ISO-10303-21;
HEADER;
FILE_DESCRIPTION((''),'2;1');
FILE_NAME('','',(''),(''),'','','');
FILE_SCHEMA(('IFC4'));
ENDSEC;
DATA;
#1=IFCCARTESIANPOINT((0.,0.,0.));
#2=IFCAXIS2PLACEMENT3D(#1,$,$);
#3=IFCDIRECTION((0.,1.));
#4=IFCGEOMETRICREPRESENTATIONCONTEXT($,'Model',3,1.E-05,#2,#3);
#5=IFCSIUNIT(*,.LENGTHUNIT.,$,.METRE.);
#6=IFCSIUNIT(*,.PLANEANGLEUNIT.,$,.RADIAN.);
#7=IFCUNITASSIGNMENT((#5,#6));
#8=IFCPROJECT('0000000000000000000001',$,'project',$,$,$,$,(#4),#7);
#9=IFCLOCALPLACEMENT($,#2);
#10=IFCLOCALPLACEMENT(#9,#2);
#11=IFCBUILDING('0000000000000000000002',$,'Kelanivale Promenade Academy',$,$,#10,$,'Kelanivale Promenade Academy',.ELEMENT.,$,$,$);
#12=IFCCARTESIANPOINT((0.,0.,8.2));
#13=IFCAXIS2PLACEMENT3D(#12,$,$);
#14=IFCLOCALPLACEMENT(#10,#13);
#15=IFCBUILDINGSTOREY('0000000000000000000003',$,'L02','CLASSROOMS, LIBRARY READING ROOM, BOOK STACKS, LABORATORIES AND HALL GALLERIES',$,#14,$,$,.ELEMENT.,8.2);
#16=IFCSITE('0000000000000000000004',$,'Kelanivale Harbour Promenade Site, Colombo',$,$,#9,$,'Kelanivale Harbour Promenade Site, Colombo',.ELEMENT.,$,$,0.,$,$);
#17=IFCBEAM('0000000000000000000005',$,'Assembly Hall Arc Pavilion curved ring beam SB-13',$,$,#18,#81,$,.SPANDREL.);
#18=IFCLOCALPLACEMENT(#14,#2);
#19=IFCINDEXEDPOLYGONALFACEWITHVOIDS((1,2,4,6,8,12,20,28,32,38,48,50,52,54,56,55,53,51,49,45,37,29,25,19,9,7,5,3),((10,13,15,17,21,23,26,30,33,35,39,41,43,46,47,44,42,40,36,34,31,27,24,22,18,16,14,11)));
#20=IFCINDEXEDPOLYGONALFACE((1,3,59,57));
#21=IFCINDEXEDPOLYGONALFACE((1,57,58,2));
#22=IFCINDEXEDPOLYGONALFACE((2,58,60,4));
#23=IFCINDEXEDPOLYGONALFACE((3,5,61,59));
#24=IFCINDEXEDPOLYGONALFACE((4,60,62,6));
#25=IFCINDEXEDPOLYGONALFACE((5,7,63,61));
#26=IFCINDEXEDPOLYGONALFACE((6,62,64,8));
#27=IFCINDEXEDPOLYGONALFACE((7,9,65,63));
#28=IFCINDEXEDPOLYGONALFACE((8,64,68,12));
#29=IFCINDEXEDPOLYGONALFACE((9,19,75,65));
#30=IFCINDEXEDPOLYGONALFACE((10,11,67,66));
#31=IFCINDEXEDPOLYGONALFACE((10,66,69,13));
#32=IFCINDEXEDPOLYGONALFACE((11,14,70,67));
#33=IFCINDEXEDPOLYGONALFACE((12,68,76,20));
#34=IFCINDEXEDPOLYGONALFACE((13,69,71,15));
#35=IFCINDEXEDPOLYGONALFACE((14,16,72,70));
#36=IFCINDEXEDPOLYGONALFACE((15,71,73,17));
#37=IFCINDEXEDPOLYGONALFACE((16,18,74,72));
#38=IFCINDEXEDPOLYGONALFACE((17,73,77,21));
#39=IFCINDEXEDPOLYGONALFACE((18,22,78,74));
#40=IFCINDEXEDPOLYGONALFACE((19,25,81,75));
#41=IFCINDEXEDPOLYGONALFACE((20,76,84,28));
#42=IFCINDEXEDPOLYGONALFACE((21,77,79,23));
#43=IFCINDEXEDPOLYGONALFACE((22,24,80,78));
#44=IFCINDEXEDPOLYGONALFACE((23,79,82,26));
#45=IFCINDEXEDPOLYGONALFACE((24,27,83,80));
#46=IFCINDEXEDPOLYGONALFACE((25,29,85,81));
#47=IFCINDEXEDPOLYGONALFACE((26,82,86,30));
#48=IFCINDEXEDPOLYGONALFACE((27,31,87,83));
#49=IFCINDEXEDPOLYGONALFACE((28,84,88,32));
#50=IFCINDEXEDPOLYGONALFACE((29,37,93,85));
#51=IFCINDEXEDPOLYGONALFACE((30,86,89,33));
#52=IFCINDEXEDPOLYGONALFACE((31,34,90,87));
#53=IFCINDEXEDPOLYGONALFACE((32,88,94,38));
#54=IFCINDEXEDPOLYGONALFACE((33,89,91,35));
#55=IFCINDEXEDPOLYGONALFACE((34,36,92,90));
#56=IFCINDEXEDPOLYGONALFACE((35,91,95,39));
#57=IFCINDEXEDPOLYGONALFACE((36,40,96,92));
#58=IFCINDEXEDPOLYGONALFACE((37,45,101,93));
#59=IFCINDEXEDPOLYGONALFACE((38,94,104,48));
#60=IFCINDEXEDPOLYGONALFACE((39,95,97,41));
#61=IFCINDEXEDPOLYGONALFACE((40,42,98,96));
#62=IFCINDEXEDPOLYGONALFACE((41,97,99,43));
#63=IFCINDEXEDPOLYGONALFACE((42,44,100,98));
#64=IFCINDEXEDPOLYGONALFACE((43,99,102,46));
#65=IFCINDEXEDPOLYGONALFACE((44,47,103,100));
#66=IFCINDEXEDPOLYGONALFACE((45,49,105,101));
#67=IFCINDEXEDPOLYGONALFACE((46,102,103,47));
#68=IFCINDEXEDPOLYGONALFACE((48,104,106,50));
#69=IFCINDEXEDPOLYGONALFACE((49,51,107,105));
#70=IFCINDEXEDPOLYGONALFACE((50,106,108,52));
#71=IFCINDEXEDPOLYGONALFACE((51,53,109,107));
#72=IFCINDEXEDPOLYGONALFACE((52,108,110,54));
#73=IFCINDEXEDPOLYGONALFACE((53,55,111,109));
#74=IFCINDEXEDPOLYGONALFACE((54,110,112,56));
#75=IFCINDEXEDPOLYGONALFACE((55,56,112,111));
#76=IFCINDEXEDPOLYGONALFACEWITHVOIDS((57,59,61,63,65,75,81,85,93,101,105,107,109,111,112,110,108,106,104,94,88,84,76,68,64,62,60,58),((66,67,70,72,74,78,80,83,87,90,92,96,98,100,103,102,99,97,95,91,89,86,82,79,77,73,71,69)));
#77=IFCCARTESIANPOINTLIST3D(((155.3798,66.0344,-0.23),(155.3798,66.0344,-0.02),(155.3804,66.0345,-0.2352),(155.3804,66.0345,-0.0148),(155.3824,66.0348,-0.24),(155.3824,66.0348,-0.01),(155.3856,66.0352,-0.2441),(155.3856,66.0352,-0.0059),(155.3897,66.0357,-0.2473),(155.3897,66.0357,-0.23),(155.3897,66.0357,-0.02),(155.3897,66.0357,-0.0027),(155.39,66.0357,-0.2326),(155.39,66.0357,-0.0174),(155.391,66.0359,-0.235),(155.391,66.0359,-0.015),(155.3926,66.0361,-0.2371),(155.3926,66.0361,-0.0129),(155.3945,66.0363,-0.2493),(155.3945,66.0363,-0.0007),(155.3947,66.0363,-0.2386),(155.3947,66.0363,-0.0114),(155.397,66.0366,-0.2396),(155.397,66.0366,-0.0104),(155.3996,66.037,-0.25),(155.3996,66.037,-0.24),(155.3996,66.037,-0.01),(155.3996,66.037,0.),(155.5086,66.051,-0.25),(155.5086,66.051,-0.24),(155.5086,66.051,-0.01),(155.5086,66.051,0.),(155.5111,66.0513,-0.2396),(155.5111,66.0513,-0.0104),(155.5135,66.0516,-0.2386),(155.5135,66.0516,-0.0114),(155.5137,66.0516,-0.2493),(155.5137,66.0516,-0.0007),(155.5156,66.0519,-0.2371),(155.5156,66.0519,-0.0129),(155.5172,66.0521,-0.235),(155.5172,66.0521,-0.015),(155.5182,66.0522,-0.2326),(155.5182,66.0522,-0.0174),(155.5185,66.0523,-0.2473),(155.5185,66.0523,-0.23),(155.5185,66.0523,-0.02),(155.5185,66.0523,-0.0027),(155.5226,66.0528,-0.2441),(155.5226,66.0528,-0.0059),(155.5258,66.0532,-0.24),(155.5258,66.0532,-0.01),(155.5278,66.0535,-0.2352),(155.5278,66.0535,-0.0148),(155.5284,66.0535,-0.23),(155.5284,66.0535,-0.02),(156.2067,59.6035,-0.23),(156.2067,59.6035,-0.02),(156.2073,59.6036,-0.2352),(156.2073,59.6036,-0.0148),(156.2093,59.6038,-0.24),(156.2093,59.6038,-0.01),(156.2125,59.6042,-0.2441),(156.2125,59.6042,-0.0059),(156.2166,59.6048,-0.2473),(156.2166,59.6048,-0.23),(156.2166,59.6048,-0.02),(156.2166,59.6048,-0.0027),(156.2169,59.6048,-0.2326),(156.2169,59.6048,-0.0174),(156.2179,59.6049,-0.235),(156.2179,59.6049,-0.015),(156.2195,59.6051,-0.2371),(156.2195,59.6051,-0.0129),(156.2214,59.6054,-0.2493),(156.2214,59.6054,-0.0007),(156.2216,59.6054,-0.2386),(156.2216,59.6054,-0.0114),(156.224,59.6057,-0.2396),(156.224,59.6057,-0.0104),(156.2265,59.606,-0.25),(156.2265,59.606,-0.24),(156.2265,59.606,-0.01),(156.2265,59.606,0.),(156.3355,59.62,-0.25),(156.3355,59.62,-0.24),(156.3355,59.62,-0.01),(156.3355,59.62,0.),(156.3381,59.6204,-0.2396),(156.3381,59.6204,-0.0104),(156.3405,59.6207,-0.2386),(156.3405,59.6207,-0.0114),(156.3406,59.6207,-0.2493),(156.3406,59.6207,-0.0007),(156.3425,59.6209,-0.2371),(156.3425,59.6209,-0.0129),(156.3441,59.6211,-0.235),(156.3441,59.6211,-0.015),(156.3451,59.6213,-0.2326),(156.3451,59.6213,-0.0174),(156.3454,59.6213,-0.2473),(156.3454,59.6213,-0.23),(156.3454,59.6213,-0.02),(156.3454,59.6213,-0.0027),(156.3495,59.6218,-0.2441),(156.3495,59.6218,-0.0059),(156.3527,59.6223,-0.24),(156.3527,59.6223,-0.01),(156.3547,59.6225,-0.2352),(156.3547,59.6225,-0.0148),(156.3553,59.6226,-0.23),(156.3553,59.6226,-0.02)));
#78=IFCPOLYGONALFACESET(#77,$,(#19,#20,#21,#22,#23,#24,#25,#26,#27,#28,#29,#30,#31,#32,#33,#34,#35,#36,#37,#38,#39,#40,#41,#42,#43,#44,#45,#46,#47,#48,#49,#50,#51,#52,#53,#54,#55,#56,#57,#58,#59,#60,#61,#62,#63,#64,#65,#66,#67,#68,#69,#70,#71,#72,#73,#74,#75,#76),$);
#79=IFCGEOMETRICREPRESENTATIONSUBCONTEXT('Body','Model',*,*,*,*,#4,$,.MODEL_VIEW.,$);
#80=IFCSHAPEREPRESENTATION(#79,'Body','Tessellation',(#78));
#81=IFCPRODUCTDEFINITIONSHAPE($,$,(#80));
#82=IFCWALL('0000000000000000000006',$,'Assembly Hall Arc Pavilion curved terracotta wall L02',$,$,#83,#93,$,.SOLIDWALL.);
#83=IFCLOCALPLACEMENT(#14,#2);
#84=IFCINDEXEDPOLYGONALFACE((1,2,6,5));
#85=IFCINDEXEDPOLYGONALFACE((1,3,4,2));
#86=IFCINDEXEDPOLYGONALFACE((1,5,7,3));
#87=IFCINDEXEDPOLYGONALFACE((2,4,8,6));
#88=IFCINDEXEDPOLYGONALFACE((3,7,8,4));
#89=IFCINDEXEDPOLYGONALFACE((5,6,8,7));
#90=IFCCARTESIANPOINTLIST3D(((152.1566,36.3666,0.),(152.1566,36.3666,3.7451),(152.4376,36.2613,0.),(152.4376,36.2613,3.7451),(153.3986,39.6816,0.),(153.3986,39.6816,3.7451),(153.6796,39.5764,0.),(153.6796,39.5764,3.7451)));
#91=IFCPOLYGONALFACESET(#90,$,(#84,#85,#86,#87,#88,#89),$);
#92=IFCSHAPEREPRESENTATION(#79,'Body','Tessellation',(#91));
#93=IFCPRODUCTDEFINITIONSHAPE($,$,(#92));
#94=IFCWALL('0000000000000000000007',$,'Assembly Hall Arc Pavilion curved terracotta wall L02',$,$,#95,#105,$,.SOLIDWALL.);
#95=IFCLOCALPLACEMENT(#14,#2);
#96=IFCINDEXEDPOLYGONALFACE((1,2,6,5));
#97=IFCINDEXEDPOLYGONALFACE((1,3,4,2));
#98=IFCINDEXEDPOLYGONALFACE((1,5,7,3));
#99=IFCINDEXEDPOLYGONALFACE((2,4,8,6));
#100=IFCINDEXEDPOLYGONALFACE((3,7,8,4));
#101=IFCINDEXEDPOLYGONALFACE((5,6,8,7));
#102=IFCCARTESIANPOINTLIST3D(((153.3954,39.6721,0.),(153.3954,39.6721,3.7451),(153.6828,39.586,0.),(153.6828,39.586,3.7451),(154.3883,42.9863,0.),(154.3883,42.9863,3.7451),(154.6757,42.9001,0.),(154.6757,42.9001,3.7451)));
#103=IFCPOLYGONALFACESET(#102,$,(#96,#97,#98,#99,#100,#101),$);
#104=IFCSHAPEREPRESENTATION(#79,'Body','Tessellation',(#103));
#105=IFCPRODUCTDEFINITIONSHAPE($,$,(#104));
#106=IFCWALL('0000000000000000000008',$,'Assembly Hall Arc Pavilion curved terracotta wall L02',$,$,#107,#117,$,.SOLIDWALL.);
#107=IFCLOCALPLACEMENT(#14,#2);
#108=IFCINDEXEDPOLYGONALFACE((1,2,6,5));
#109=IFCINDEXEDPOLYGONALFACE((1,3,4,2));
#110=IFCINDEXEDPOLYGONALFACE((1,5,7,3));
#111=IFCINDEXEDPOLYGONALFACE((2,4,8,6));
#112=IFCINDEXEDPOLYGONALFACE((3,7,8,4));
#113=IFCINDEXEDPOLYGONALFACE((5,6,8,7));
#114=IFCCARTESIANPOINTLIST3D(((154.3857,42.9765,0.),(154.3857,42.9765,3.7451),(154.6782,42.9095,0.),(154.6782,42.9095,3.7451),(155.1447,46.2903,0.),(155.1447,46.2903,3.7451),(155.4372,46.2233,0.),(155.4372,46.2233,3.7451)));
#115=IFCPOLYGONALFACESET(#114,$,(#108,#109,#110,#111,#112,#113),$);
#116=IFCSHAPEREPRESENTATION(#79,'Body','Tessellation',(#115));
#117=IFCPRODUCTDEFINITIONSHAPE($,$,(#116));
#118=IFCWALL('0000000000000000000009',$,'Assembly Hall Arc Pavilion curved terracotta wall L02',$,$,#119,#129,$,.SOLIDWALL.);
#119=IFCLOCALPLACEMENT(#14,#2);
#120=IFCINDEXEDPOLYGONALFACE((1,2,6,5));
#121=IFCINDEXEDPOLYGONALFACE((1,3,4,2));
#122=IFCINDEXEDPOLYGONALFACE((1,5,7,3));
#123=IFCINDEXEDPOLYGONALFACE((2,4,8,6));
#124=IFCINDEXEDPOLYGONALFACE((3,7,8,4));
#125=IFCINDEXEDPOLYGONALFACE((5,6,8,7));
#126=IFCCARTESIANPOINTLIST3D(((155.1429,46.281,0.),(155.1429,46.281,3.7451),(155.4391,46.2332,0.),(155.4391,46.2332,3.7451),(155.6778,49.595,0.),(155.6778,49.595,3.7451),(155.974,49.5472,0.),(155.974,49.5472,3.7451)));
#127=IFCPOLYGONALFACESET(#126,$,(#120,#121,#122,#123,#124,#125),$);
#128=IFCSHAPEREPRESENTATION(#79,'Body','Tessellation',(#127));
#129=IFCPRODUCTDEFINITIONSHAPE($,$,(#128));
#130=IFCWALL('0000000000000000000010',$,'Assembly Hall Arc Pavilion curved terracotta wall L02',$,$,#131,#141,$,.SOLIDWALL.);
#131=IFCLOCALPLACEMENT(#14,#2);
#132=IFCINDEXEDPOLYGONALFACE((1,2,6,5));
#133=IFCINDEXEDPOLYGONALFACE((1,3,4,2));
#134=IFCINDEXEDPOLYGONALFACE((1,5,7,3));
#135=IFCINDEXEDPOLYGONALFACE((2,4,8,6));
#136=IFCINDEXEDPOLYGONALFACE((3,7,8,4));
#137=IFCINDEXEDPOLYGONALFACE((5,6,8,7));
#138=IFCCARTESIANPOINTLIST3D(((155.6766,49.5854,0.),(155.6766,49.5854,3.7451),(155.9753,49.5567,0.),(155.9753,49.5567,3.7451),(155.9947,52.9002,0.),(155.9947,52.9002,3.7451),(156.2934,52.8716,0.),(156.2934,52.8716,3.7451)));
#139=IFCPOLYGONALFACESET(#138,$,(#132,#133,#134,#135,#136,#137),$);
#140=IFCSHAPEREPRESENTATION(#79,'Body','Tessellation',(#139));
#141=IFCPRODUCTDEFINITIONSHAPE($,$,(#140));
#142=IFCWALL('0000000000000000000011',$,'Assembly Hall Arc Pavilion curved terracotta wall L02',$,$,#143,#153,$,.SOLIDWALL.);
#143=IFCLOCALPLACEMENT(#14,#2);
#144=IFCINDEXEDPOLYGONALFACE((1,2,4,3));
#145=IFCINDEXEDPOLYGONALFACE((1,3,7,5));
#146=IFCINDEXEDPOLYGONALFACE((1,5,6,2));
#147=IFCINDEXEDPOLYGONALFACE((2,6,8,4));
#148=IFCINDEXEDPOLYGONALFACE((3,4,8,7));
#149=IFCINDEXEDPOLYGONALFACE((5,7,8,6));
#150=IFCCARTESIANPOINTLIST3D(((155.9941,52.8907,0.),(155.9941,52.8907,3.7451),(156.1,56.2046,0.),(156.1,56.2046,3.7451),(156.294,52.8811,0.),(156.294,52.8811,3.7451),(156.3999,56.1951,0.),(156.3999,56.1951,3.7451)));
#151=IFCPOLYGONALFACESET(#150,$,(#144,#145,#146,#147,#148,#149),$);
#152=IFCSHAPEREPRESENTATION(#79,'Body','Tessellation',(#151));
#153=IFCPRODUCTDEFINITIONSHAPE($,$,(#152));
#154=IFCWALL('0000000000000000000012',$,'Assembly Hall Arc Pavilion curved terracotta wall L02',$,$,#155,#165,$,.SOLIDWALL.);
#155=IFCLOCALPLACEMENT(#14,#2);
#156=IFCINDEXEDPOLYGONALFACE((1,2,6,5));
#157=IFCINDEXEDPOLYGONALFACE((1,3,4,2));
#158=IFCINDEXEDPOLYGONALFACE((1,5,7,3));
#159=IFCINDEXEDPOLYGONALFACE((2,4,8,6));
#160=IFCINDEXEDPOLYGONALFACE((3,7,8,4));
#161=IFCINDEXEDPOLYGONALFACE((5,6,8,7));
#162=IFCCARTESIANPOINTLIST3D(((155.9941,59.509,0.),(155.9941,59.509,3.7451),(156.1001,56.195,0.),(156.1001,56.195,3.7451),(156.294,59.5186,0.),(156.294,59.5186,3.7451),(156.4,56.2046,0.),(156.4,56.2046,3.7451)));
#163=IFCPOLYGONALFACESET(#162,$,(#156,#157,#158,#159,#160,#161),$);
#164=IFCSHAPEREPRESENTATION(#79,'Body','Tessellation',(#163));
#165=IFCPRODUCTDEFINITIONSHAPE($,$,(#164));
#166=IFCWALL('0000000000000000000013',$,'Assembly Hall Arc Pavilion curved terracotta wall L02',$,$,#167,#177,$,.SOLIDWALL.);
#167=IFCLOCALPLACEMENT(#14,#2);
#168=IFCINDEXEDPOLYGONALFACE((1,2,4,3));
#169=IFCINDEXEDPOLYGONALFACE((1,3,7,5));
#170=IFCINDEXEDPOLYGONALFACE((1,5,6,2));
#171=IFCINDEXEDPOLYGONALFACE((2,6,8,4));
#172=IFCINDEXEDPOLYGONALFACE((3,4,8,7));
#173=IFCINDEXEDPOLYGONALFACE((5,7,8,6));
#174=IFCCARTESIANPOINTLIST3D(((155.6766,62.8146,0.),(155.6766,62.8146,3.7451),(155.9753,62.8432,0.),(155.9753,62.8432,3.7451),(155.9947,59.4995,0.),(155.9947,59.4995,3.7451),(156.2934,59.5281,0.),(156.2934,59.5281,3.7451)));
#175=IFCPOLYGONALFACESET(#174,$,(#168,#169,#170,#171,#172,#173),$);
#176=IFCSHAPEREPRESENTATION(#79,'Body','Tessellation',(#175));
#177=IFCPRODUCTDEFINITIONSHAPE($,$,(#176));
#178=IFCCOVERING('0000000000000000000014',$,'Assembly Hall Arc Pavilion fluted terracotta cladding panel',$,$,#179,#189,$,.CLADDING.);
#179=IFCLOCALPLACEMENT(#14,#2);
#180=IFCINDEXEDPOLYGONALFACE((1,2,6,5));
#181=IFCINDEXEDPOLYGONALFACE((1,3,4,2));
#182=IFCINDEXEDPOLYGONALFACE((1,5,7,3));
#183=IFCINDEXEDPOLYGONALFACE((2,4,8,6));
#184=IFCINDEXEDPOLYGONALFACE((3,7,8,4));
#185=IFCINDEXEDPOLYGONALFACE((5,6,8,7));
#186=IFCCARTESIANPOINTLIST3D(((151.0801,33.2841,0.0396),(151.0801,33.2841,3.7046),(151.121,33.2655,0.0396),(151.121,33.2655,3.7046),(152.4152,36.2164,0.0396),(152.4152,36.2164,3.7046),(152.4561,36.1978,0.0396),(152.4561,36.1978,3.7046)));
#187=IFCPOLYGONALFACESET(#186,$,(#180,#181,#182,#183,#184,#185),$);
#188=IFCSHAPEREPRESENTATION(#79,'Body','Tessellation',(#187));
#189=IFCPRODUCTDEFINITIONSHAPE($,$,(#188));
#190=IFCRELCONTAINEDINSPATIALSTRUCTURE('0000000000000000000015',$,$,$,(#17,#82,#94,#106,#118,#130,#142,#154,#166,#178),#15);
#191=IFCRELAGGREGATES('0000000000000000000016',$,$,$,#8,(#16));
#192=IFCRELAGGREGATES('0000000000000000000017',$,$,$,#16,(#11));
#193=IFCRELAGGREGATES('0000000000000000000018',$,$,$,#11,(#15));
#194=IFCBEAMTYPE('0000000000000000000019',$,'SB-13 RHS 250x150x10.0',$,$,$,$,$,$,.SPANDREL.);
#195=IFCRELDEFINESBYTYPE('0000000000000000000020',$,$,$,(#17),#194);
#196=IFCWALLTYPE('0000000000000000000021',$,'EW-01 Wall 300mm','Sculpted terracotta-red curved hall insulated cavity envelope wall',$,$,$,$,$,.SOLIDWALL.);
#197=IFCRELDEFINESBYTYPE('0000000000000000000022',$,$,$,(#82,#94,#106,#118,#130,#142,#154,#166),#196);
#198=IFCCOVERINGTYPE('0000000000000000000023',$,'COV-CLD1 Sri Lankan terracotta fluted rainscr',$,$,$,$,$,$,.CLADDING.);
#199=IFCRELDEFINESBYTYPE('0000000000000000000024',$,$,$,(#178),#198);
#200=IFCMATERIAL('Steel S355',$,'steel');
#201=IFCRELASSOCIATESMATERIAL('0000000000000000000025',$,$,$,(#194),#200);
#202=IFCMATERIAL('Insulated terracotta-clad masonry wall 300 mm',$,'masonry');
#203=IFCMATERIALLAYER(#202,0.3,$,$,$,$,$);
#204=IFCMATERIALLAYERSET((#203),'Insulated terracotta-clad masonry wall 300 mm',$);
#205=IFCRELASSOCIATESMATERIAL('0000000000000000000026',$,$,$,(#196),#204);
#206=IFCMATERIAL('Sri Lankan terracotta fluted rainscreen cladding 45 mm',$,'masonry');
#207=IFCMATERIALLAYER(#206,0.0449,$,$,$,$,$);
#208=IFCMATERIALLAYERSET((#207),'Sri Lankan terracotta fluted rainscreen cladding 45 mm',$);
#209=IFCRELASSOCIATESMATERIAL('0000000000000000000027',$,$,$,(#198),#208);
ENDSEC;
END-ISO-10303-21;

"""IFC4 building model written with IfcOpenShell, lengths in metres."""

from ifc_helpers import new_model, si_unit, direction, frame, frame_2d, origin, origin_2d, place, context, subcontext, project, spatial, rectangle, hollow_rectangle, extrude, material, layer, layer_set, material_profile, profile_set, type_object, element, save


model = new_model("IFC4")

# Units and contexts
model_context = context("Model", 3, precision=1e-05, world=origin(), true_north=direction((0.0, 1.0)))
body_context = subcontext(model_context, "Body", "Model", "MODEL_VIEW")
ifc_project = project(units=[si_unit("LENGTHUNIT", "METRE"), si_unit("PLANEANGLEUNIT", "RADIAN")], contexts=[model_context])

# Site, building, storey
site_placement = place(None, origin())
site = spatial("IfcSite", under=ifc_project, at=site_placement, Name="Kelanivale Harbour Promenade Site, Colombo", LongName="Kelanivale Harbour Promenade Site, Colombo", CompositionType="ELEMENT", RefElevation=0.0)
building_placement = place(site_placement, origin())
building = spatial("IfcBuilding", under=site, at=building_placement, Name="Kelanivale Promenade Academy", LongName="Kelanivale Promenade Academy", CompositionType="ELEMENT")
storey_placement = place(building_placement, frame((0.0, 0.0, 8.2)))
storey = spatial("IfcBuildingStorey", under=building, at=storey_placement, Name="L02", Description="CLASSROOMS, LIBRARY READING ROOM, BOOK STACKS, LABORATORIES AND HALL GALLERIES", CompositionType="ELEMENT", Elevation=8.2)

# Shared definitions
ifc_material_1 = material(Name="Steel S355", Category="steel")

# Beam
ifc_material_profile_1 = material_profile(ifc_material_1, hollow_rectangle(XDim=0.1499, YDim=0.25, WallThickness=0.01, InnerFilletRadius=0.01, OuterFilletRadius=0.02, at=origin_2d()), Name="RHS 250x150x10.0")
ifc_profile_set_1 = profile_set([ifc_material_profile_1], Name="Steel S355")
beam_type = type_object("IfcBeamType", Name="SB-13 RHS 250x150x10.0", PredefinedType="SPANDREL", material=ifc_profile_set_1)
beam_1_placement = place(storey_placement, frame((156.281, 59.613, -0.125), z_axis=(-0.127533, 0.991834, 0.0), x_axis=(-0.991834, -0.127533, 0.0)))
element("IfcBeam", 1, at=beam_1_placement, inside=storey, type_object=beam_type, Name="Assembly Hall Arc Pavilion curved ring beam SB-13", PredefinedType="SPANDREL", context=body_context, shape_type="SweptSolid", body=[
    extrude(hollow_rectangle(XDim=0.1499, YDim=0.25, WallThickness=0.01, InnerFilletRadius=0.01, OuterFilletRadius=0.02, at=origin_2d()), origin(), (0.0, 0.0, 1.0), 6.4839),
])

# Walls
ifc_material_2 = material(Name="Insulated terracotta-clad masonry wall 300 mm", Category="masonry")
ifc_layer_1 = layer(ifc_material_2, 0.3)
ifc_layer_set_1 = layer_set([ifc_layer_1], Name="Insulated terracotta-clad masonry wall 300 mm")
wall_type = type_object("IfcWallType", Name="EW-01 Wall 300mm", Description="Sculpted terracotta-red curved hall insulated cavity envelope wall", PredefinedType="SOLIDWALL", material=ifc_layer_set_1)
wall_1_placement = place(storey_placement, frame((152.2971, 36.314, 0.0), z_axis=(0.0, 0.0, 1.0), x_axis=(0.350836, 0.936437, 0.0)))
element("IfcWall", 2, at=wall_1_placement, inside=storey, type_object=wall_type, Name="Assembly Hall Arc Pavilion curved terracotta wall L02", PredefinedType="SOLIDWALL", context=body_context, shape_type="SweptSolid", body=[
    extrude(rectangle(XDim=3.54, YDim=0.3, at=frame_2d((1.77, 0.0))), origin(), (0.0, 0.0, 1.0), 3.7451),
])
wall_2_placement = place(storey_placement, frame((153.5391, 39.6289, 0.0), z_axis=(0.0, 0.0, 1.0), x_axis=(0.286992, 0.957933, 0.0)))
element("IfcWall", 3, at=wall_2_placement, inside=storey, type_object=wall_type, Name="Assembly Hall Arc Pavilion curved terracotta wall L02", PredefinedType="SOLIDWALL", context=body_context, shape_type="SweptSolid", body=[
    extrude(rectangle(XDim=3.4597, YDim=0.3, at=frame_2d((1.73, 0.0))), origin(), (0.0, 0.0, 1.0), 3.7451),
])
wall_3_placement = place(storey_placement, frame((154.532, 42.9431, 0.0), z_axis=(0.0, 0.0, 1.0), x_axis=(0.22326, 0.974759, 0.0)))
element("IfcWall", 4, at=wall_3_placement, inside=storey, type_object=wall_type, Name="Assembly Hall Arc Pavilion curved terracotta wall L02", PredefinedType="SOLIDWALL", context=body_context, shape_type="SweptSolid", body=[
    extrude(rectangle(XDim=3.3997, YDim=0.3, at=frame_2d((1.6997, 0.0))), origin(), (0.0, 0.0, 1.0), 3.7451),
])
wall_4_placement = place(storey_placement, frame((155.291, 46.2571, 0.0), z_axis=(0.0, 0.0, 1.0), x_axis=(0.159349, 0.987222, 0.0)))
element("IfcWall", 5, at=wall_4_placement, inside=storey, type_object=wall_type, Name="Assembly Hall Arc Pavilion curved terracotta wall L02", PredefinedType="SOLIDWALL", context=body_context, shape_type="SweptSolid", body=[
    extrude(rectangle(XDim=3.3569, YDim=0.3, at=frame_2d((1.6785, 0.0))), origin(), (0.0, 0.0, 1.0), 3.7451),
])
wall_5_placement = place(storey_placement, frame((155.8259, 49.571, 0.0), z_axis=(0.0, 0.0, 1.0), x_axis=(0.095525, 0.995427, 0.0)))
element("IfcWall", 6, at=wall_5_placement, inside=storey, type_object=wall_type, Name="Assembly Hall Arc Pavilion curved terracotta wall L02", PredefinedType="SOLIDWALL", context=body_context, shape_type="SweptSolid", body=[
    extrude(rectangle(XDim=3.3301, YDim=0.3, at=frame_2d((1.665, 0.0))), origin(), (0.0, 0.0, 1.0), 3.7451),
])
for number, where, z_axis, x_axis, name in (
    (7, (156.144, 52.886, 0.0), (0.0, 0.0, 1.0), (0.031957, 0.999489, 0.0), "Assembly Hall Arc Pavilion curved terracotta wall L02"),
    (8, (156.25, 56.2, 0.0), (0.0, 0.0, 1.0), (-0.031957, 0.999489, 0.0), "Assembly Hall Arc Pavilion curved terracotta wall L02"),
):
    element("IfcWall", number, at=place(storey_placement, frame(where, z_axis=z_axis, x_axis=x_axis)), inside=storey, type_object=wall_type, Name=name, PredefinedType="SOLIDWALL", context=body_context, shape_type="SweptSolid", body=[
        extrude(rectangle(XDim=3.3157, YDim=0.3, at=frame_2d((1.6577, 0.0))), origin(), (0.0, 0.0, 1.0), 3.7451),
    ])
wall_6_placement = place(storey_placement, frame((156.144, 59.5139, 0.0), z_axis=(0.0, 0.0, 1.0), x_axis=(-0.095518, 0.995428, 0.0)))
element("IfcWall", 9, at=wall_6_placement, inside=storey, type_object=wall_type, Name="Assembly Hall Arc Pavilion curved terracotta wall L02", PredefinedType="SOLIDWALL", context=body_context, shape_type="SweptSolid", body=[
    extrude(rectangle(XDim=3.3303, YDim=0.3, at=frame_2d((1.665, 0.0))), origin(), (0.0, 0.0, 1.0), 3.7451),
])

# Covering
ifc_material_3 = material(Name="Sri Lankan terracotta fluted rainscreen cladding 45 mm", Category="masonry")
ifc_layer_2 = layer(ifc_material_3, 0.0449)
ifc_layer_set_2 = layer_set([ifc_layer_2], Name="Sri Lankan terracotta fluted rainscreen cladding 45 mm")
covering_type = type_object("IfcCoveringType", Name="COV-CLD1 Sri Lankan terracotta fluted rainscr", PredefinedType="CLADDING", material=ifc_layer_set_2)
covering_1_placement = place(storey_placement, frame((151.7681, 34.741, 0.0396), z_axis=(0.0, 0.0, 1.0), x_axis=(0.414376, 0.910106, 0.0)))
element("IfcCovering", 10, at=covering_1_placement, inside=storey, type_object=covering_type, Name="Assembly Hall Arc Pavilion fluted terracotta cladding panel", PredefinedType="CLADDING", context=body_context, shape_type="SweptSolid", body=[
    extrude(rectangle(XDim=3.2219, YDim=0.0449, at=origin_2d()), origin(), (0.0, 0.0, 1.0), 3.665),
])

save(model, "model.ifc")
